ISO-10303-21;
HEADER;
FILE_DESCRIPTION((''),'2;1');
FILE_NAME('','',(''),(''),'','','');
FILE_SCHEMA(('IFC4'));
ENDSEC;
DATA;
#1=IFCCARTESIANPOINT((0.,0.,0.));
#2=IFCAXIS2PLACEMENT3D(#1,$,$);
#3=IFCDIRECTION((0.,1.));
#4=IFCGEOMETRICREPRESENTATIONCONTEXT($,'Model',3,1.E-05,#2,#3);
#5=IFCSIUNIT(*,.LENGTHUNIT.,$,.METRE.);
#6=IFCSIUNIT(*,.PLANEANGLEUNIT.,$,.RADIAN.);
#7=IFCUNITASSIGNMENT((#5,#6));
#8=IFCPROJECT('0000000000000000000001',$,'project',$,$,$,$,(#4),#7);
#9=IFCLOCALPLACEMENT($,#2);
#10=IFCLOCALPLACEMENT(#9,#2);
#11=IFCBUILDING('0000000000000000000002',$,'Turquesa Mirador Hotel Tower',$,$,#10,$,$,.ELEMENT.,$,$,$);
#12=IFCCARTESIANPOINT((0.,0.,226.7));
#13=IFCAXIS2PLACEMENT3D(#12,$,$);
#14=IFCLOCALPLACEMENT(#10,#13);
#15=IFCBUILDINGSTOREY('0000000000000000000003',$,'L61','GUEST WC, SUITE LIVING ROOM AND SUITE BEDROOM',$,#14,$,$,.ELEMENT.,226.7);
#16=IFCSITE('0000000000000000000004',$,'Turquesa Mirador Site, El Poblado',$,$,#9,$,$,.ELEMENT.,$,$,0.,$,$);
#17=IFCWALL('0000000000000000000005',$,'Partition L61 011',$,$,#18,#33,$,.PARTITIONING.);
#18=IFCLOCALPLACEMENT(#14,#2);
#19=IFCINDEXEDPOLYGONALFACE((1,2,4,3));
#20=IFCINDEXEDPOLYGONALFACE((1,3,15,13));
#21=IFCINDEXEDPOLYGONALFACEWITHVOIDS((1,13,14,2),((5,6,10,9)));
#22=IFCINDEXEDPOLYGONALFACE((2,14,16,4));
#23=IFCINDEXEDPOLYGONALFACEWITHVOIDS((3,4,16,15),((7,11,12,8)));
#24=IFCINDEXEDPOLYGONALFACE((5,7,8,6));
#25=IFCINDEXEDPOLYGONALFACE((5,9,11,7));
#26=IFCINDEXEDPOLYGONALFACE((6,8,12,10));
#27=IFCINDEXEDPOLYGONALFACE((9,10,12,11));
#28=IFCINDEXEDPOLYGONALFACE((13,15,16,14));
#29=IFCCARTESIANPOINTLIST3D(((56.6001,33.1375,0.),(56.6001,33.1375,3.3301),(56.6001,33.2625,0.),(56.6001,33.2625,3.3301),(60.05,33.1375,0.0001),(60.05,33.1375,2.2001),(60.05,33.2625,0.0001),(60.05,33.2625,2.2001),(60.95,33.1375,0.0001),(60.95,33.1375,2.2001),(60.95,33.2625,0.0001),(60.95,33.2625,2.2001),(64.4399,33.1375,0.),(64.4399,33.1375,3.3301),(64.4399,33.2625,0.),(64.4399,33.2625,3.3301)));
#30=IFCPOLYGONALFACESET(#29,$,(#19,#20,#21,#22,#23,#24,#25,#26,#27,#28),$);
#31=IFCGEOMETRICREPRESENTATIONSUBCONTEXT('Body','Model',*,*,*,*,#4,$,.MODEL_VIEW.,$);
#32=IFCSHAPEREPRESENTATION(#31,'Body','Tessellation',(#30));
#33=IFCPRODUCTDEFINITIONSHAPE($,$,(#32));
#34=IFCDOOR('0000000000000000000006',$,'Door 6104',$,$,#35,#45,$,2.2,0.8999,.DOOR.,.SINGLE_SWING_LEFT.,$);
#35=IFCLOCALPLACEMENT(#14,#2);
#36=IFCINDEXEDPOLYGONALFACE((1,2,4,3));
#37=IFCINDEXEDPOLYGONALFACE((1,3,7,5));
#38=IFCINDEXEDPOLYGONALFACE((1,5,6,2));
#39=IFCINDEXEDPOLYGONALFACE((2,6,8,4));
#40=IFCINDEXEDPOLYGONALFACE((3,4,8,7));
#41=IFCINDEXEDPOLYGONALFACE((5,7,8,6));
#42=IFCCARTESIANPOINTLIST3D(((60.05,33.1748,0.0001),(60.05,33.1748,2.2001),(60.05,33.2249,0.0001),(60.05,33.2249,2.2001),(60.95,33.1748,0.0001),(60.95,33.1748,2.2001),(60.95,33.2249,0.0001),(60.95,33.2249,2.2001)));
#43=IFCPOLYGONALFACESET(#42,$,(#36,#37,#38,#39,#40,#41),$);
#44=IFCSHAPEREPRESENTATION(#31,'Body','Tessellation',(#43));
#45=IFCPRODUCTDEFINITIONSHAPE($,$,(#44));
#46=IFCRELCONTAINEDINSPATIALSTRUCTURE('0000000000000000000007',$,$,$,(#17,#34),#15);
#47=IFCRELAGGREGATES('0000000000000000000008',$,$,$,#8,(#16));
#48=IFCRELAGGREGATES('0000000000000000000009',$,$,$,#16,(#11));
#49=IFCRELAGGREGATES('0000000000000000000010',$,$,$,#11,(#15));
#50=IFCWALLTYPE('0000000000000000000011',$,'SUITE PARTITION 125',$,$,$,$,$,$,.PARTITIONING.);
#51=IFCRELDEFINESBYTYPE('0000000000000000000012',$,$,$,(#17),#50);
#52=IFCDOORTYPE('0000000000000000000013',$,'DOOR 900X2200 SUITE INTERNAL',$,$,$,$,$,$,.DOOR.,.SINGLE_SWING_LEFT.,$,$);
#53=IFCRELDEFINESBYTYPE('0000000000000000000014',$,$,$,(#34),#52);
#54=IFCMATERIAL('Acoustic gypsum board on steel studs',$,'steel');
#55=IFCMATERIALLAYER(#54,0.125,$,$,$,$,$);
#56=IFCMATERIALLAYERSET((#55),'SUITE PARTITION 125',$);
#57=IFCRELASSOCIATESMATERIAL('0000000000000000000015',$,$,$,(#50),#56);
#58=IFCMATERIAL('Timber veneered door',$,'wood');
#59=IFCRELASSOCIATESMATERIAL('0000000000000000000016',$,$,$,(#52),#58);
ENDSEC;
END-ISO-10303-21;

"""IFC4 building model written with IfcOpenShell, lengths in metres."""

from ifc_helpers import new_model, si_unit, direction, frame, frame_2d, origin, place, context, subcontext, project, spatial, rectangle, extrude, material, layer, layer_set, type_object, element, fill, save


model = new_model("IFC4")

# Units and contexts
model_context = context("Model", 3, precision=1e-05, world=origin(), true_north=direction((0.0, 1.0)))
body_context = subcontext(model_context, "Body", "Model", "MODEL_VIEW")
ifc_project = project(units=[si_unit("LENGTHUNIT", "METRE"), si_unit("PLANEANGLEUNIT", "RADIAN")], contexts=[model_context])

# Site, building, storey
site_placement = place(None, origin())
site = spatial("IfcSite", under=ifc_project, at=site_placement, Name="Turquesa Mirador Site, El Poblado", CompositionType="ELEMENT", RefElevation=0.0)
building_placement = place(site_placement, origin())
building = spatial("IfcBuilding", under=site, at=building_placement, Name="Turquesa Mirador Hotel Tower", CompositionType="ELEMENT")
storey_placement = place(building_placement, frame((0.0, 0.0, 226.7)))
storey = spatial("IfcBuildingStorey", under=building, at=storey_placement, Name="L61", Description="GUEST WC, SUITE LIVING ROOM AND SUITE BEDROOM", CompositionType="ELEMENT", Elevation=226.7)

# Wall, opening, door
ifc_material_1 = material(Name="Acoustic gypsum board on steel studs", Category="steel")
ifc_layer_1 = layer(ifc_material_1, 0.125)
ifc_layer_set_1 = layer_set([ifc_layer_1], Name="SUITE PARTITION 125")
wall_type_1 = type_object("IfcWallType", Name="SUITE PARTITION 125", PredefinedType="PARTITIONING", material=ifc_layer_set_1)
wall_1_placement = place(storey_placement, frame((56.6001, 33.2, 0.0), z_axis=(0.0, 0.0, 1.0), x_axis=(1.0, 0.0, 0.0)))
wall_1 = element("IfcWall", 1, at=wall_1_placement, inside=storey, type_object=wall_type_1, Name="Partition L61 011", PredefinedType="PARTITIONING", context=body_context, shape_type="SweptSolid", body=[
    extrude(rectangle(XDim=7.8398, YDim=0.125, at=frame_2d((3.9199, 0.0))), origin(), (0.0, 0.0, 1.0), 3.3301),
])
opening_1_placement = place(wall_1_placement, frame((3.45, 0.0, 0.0)))
opening_1 = element("IfcOpeningElement", 2, at=opening_1_placement, cuts=wall_1, PredefinedType="OPENING", context=body_context, shape_type="SweptSolid", body=[
    extrude(rectangle(XDim=0.8999, YDim=2.2, at=frame_2d((0.45, 1.1001))), frame((0.0, 0.0725, 0.0), z_axis=(0.0, -1.0, 0.0), x_axis=(1.0, 0.0, 0.0)), (0.0, 0.0, 1.0), 0.145),
])
ifc_material_2 = material(Name="Timber veneered door", Category="wood")
door_type_1 = type_object("IfcDoorType", Name="DOOR 900X2200 SUITE INTERNAL", OperationType="SINGLE_SWING_LEFT", PredefinedType="DOOR", material=ifc_material_2)
door_1_placement = place(opening_1_placement, origin())
door_1 = element("IfcDoor", 3, at=door_1_placement, inside=storey, type_object=door_type_1, Name="Door 6104", OperationType="SINGLE_SWING_LEFT", OverallHeight=2.2, OverallWidth=0.8999, PredefinedType="DOOR", context=body_context, shape_type="SweptSolid", body=[
    extrude(rectangle(XDim=0.8999, YDim=2.2, at=frame_2d((0.45, 1.1001))), frame((0.0, 0.0249, 0.0), z_axis=(0.0, -1.0, 0.0), x_axis=(1.0, 0.0, 0.0)), (0.0, 0.0, 1.0), 0.05),
])
fill(opening_1, door_1)

save(model, "model.ifc")
